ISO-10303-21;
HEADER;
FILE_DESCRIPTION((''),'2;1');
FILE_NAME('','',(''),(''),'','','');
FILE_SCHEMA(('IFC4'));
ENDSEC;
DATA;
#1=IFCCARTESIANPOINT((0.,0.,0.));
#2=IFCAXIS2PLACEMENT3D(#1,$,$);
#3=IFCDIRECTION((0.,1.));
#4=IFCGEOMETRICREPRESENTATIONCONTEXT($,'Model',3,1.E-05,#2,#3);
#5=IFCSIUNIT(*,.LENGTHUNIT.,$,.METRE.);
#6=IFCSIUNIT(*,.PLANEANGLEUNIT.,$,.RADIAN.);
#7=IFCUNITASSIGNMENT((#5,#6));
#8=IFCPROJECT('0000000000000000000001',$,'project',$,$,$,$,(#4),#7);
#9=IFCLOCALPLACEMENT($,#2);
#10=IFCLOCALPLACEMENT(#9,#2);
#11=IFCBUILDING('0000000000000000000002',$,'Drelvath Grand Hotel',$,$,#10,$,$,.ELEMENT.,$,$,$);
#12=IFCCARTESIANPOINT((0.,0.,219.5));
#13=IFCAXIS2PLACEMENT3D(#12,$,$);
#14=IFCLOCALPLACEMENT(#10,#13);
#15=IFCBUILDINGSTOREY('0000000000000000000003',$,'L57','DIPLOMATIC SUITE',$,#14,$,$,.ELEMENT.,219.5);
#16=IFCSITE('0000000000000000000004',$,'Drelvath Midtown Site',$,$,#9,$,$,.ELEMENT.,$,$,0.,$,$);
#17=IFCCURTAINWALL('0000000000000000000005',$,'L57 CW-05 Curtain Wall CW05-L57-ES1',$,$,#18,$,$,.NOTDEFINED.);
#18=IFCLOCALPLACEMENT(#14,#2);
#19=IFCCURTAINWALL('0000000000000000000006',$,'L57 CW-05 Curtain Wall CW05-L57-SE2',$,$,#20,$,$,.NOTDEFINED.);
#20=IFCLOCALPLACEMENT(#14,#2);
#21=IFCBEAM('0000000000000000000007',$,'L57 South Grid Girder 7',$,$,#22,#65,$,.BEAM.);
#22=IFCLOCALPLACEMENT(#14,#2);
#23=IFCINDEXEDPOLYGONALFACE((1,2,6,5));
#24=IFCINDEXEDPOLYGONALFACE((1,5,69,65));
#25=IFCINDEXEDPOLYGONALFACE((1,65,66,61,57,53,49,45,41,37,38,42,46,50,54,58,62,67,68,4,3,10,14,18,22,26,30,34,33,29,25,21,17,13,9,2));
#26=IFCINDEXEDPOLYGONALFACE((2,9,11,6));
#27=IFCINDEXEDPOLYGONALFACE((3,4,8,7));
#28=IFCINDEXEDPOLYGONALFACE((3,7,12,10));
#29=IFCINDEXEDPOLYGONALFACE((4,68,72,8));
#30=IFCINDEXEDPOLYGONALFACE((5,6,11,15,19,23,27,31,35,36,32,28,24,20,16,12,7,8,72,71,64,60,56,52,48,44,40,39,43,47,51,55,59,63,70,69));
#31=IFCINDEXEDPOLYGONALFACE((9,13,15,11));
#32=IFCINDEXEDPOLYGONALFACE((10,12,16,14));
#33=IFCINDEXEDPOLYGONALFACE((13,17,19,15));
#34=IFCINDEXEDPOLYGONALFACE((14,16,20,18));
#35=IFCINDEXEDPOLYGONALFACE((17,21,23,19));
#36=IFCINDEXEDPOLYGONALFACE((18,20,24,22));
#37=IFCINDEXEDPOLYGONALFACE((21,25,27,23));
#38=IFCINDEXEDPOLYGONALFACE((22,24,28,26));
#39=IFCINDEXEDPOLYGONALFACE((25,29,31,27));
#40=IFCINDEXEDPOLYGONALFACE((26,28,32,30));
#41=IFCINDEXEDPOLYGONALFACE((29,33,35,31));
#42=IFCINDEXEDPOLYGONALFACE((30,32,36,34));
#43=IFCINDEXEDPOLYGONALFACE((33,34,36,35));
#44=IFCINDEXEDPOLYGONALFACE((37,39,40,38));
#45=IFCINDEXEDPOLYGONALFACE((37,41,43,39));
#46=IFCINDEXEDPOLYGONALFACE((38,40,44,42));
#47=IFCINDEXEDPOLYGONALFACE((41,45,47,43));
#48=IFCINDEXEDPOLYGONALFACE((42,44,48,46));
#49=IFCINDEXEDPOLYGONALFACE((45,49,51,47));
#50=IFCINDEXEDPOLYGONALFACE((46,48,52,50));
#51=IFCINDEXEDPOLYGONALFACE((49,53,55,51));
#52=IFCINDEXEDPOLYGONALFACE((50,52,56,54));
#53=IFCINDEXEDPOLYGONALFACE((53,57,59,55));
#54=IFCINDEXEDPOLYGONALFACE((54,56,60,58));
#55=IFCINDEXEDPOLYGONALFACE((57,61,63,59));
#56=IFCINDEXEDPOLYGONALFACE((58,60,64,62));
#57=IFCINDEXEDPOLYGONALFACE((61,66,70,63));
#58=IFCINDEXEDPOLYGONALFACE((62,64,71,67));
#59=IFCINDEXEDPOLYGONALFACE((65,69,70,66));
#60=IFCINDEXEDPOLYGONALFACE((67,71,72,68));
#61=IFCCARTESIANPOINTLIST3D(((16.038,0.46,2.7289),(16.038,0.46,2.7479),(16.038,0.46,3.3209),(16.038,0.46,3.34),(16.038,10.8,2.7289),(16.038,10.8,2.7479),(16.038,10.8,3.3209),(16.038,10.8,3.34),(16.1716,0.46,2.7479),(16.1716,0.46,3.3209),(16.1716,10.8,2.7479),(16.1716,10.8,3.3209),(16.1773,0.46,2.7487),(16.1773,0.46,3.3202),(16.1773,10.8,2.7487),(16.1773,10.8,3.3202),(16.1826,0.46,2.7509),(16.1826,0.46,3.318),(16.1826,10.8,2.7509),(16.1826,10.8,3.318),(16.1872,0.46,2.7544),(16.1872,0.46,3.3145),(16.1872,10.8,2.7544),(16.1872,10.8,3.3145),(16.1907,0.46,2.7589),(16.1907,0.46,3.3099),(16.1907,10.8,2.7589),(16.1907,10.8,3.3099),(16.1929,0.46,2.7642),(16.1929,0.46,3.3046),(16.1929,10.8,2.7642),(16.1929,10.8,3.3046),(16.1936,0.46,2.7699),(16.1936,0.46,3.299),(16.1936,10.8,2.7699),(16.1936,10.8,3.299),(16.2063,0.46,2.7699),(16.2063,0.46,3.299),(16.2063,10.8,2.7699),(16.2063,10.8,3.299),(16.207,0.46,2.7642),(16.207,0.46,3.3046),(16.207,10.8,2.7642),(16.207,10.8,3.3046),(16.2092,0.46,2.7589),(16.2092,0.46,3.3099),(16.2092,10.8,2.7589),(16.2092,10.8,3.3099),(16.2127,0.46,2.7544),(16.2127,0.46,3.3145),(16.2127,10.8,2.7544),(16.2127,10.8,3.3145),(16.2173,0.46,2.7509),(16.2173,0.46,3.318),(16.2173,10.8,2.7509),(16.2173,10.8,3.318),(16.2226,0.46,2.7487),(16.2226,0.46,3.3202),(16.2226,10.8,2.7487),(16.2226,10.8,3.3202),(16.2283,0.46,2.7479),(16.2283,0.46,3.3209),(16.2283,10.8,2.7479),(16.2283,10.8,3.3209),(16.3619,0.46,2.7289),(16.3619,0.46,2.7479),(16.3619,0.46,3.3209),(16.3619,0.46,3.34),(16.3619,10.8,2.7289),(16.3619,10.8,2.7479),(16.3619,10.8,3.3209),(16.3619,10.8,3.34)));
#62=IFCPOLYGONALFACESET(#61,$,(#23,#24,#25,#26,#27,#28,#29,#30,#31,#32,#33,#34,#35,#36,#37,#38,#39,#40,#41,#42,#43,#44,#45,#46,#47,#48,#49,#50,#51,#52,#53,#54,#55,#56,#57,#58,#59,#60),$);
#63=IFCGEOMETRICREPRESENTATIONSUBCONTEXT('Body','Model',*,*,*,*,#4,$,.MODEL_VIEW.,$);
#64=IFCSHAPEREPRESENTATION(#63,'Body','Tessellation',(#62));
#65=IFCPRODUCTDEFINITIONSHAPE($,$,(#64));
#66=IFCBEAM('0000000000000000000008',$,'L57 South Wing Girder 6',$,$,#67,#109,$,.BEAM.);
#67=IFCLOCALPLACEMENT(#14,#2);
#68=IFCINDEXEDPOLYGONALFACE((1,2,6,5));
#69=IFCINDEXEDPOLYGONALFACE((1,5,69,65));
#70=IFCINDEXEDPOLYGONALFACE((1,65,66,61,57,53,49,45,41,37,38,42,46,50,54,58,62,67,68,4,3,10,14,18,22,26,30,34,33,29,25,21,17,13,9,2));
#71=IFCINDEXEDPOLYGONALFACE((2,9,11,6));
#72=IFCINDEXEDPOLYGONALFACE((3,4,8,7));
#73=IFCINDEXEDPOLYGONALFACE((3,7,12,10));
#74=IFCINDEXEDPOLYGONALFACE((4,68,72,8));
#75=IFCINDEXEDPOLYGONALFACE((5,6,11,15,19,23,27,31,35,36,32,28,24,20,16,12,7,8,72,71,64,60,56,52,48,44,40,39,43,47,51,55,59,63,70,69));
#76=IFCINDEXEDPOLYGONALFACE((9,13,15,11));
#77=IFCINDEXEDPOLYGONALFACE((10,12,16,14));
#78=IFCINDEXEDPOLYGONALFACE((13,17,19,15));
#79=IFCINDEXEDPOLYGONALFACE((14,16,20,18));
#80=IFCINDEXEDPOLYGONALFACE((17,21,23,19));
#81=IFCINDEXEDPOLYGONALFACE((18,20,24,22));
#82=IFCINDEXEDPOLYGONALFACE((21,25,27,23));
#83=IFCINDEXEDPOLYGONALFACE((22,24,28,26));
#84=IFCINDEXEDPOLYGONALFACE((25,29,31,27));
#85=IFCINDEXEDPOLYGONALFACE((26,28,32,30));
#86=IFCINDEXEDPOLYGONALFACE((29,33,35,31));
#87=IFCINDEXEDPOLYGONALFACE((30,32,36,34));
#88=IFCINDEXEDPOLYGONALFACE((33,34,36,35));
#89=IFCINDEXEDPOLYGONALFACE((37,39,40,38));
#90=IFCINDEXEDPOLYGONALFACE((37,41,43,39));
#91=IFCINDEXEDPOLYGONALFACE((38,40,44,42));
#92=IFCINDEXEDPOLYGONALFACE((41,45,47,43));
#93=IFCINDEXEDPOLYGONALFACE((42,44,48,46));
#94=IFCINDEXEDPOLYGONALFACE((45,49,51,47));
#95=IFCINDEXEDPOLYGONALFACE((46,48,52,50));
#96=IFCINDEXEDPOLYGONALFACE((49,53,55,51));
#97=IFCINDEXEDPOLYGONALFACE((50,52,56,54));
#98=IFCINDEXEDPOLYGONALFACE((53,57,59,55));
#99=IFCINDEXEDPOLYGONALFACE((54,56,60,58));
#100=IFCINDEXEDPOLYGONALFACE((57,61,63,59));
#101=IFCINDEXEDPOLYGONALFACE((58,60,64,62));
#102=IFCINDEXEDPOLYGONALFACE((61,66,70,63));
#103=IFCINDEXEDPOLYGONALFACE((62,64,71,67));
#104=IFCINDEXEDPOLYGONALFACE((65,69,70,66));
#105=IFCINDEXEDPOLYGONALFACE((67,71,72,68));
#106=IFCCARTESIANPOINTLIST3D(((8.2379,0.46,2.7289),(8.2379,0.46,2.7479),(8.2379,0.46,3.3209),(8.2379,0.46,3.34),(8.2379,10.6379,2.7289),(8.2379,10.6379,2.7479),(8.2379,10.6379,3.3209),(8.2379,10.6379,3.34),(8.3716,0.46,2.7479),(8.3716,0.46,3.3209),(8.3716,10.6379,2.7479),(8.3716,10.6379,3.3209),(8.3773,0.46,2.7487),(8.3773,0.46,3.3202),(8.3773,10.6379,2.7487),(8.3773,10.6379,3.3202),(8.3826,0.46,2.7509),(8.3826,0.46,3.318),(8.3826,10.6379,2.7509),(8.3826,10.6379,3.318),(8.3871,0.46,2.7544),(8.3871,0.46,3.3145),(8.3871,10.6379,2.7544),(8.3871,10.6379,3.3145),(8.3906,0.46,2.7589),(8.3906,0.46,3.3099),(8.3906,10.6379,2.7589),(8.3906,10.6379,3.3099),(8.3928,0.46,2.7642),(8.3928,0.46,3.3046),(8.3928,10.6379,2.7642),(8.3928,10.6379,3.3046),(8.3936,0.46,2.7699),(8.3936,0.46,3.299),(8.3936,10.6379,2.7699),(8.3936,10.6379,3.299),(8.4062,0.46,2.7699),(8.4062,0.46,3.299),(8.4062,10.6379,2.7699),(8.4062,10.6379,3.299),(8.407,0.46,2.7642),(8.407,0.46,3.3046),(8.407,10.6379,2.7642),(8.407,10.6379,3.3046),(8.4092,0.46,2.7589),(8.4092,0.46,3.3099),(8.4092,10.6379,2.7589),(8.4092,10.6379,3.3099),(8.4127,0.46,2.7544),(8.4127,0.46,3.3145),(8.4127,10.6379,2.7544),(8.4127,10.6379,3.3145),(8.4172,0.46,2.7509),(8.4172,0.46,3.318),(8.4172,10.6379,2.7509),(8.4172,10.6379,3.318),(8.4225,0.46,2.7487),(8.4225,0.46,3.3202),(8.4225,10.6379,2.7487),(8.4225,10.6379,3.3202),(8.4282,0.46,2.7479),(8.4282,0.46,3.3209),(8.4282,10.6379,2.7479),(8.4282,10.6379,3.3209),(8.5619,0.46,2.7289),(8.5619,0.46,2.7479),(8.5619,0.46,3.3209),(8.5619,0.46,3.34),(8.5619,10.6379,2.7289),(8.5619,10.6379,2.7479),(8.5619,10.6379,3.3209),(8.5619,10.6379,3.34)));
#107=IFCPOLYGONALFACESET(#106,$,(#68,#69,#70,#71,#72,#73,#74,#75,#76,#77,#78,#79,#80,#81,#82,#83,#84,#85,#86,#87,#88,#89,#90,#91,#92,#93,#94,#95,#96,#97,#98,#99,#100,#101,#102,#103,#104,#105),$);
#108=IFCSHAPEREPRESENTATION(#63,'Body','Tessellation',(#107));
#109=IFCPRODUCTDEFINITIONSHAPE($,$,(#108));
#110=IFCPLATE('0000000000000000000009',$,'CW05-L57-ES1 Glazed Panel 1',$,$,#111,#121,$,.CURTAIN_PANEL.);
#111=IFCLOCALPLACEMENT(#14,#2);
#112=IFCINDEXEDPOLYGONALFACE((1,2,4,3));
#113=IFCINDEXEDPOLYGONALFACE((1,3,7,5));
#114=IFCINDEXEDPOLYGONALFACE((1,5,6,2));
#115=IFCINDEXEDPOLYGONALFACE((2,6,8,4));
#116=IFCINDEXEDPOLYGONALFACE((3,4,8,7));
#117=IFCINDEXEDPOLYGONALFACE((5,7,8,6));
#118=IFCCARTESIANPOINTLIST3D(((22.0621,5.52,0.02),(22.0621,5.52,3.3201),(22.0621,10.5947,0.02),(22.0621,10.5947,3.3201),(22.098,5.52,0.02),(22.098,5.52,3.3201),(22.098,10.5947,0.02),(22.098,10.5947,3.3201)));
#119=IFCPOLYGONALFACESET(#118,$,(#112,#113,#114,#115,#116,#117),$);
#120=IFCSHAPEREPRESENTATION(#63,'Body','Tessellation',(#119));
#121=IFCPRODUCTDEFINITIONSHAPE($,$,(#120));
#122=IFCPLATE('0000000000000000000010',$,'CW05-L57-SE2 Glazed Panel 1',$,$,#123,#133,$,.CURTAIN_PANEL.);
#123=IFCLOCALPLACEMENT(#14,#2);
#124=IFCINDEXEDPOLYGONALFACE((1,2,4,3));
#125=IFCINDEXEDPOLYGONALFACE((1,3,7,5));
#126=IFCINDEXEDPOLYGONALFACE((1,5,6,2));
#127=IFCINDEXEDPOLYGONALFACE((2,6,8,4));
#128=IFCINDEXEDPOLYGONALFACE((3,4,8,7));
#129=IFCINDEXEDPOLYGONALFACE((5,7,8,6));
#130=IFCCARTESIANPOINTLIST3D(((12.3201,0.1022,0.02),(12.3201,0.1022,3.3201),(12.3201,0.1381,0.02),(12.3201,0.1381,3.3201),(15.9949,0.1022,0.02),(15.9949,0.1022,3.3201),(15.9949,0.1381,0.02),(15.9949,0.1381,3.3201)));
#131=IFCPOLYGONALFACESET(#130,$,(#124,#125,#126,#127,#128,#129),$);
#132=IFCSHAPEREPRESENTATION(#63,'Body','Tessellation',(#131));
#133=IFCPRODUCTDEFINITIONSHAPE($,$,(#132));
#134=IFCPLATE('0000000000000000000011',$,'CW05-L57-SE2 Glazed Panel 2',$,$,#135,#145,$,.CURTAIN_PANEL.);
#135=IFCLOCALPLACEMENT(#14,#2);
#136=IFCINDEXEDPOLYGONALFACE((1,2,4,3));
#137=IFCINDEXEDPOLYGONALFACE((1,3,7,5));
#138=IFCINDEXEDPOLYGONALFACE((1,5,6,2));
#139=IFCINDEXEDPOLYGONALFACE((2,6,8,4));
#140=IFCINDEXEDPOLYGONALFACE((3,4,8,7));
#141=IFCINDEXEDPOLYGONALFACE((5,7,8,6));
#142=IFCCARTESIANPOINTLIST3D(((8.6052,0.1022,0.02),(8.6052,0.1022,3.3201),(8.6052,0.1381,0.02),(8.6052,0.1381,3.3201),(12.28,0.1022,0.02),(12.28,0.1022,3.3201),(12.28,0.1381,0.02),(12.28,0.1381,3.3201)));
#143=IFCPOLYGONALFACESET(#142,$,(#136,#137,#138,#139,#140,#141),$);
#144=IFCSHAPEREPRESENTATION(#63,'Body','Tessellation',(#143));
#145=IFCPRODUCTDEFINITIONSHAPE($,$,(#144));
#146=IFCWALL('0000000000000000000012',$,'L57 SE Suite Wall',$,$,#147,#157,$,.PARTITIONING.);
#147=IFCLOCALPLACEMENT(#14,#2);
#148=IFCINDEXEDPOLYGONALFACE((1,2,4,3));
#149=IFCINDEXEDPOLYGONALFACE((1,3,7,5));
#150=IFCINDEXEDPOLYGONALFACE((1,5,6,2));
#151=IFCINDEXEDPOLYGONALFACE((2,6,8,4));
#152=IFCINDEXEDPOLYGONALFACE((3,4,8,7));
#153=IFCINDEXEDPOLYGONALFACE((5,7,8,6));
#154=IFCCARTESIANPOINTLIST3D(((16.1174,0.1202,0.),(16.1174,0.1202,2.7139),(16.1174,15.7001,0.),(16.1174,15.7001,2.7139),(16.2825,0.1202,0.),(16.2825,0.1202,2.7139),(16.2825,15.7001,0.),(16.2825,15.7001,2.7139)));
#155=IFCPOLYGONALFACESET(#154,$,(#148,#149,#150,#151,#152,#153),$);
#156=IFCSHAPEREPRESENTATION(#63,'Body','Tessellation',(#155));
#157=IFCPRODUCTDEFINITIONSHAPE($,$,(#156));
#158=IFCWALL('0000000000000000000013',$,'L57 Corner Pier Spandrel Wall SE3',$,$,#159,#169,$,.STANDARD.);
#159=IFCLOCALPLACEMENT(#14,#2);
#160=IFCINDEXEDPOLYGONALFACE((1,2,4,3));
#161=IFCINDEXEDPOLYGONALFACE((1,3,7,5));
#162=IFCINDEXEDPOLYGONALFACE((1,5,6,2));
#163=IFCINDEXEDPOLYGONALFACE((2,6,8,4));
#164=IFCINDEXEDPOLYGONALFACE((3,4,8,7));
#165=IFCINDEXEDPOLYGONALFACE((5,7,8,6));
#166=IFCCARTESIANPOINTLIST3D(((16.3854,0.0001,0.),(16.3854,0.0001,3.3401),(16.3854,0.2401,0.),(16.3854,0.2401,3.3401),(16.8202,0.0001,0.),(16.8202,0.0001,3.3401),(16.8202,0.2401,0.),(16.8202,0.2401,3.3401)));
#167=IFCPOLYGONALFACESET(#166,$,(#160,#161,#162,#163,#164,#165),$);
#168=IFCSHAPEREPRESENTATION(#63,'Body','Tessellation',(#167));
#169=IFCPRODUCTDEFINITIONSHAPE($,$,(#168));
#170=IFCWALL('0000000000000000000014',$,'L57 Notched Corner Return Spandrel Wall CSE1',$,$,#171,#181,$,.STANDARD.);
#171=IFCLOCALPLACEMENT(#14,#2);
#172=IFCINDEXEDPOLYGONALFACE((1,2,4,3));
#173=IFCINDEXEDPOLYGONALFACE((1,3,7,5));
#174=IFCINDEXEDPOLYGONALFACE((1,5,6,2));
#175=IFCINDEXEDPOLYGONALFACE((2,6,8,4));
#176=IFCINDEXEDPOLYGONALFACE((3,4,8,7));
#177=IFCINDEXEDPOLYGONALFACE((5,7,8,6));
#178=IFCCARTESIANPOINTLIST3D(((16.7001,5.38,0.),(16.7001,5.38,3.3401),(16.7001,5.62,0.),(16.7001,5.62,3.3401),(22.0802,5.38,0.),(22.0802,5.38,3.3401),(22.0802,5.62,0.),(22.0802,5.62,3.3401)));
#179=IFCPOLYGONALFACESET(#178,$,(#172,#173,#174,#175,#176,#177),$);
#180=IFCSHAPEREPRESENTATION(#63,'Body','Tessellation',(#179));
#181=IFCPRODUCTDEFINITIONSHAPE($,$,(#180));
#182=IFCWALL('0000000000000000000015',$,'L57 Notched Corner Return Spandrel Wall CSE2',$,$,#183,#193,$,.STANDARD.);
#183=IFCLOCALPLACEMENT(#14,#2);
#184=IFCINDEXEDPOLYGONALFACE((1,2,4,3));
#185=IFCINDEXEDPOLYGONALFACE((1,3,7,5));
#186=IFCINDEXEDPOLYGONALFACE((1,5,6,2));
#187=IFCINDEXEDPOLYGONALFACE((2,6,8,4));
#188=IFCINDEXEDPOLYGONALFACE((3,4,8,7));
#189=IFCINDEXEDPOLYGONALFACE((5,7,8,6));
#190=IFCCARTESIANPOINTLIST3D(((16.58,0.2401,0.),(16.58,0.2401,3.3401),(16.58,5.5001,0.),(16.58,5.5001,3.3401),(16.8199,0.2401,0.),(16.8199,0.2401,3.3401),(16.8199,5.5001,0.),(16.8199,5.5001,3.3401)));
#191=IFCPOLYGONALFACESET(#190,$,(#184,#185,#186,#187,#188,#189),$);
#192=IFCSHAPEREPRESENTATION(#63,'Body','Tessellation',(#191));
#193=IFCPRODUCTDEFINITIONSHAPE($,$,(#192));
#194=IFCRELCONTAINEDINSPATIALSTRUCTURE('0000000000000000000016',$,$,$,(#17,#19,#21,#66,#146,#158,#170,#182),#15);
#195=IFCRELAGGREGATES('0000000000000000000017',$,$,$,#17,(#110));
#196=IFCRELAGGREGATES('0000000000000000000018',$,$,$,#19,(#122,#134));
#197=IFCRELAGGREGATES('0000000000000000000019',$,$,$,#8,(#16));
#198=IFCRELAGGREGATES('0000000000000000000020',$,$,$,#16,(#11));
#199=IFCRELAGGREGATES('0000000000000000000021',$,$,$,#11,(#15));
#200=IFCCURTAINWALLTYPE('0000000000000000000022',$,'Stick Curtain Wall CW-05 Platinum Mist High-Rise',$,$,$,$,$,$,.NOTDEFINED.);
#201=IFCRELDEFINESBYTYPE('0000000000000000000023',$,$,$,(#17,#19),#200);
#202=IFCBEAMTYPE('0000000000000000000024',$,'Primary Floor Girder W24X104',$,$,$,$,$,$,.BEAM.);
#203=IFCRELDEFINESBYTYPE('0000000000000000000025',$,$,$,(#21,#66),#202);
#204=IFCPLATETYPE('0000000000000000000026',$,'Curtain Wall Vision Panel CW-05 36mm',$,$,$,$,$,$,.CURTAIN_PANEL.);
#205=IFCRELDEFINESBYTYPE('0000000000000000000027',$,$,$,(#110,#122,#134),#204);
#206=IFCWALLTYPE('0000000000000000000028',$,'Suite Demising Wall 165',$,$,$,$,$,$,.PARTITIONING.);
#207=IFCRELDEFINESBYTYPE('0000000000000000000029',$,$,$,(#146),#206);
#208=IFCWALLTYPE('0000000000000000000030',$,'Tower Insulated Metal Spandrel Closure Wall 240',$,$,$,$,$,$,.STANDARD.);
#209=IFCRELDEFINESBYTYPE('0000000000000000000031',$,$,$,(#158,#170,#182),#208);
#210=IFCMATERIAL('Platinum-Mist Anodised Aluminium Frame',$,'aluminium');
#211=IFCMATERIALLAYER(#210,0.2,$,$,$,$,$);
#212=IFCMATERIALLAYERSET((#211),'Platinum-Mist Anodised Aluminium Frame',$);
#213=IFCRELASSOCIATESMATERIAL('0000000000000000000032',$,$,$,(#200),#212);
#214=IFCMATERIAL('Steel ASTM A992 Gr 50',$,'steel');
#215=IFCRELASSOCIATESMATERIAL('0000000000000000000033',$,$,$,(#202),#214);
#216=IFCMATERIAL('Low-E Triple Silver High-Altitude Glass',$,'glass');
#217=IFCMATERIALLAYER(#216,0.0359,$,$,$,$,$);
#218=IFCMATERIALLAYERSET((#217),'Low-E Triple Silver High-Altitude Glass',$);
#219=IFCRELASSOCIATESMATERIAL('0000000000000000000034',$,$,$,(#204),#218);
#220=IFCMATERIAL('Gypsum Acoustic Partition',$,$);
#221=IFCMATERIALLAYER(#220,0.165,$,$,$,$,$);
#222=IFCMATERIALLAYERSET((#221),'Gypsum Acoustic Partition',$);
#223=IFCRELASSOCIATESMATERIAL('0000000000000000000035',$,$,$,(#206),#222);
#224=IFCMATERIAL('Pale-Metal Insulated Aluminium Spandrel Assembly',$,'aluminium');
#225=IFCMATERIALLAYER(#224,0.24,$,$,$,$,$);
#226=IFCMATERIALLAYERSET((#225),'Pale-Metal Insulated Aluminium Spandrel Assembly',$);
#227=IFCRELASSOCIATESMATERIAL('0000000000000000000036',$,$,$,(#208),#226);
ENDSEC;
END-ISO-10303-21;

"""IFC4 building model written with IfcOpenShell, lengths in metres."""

from ifc_helpers import new_model, si_unit, direction, frame, frame_2d, origin, origin_2d, place, context, subcontext, project, spatial, rectangle, i_section, extrude, material, layer, layer_set, material_profile, profile_set, type_object, element, aggregate, save


model = new_model("IFC4")

# Units and contexts
model_context = context("Model", 3, precision=1e-05, world=origin(), true_north=direction((0.0, 1.0)))
body_context = subcontext(model_context, "Body", "Model", "MODEL_VIEW")
ifc_project = project(units=[si_unit("LENGTHUNIT", "METRE"), si_unit("PLANEANGLEUNIT", "RADIAN")], contexts=[model_context])

# Site, building, storey
site_placement = place(None, origin())
site = spatial("IfcSite", under=ifc_project, at=site_placement, Name="Drelvath Midtown Site", CompositionType="ELEMENT", RefElevation=0.0)
building_placement = place(site_placement, origin())
building = spatial("IfcBuilding", under=site, at=building_placement, Name="Drelvath Grand Hotel", CompositionType="ELEMENT")
storey_placement = place(building_placement, frame((0.0, 0.0, 219.5)))
storey = spatial("IfcBuildingStorey", under=building, at=storey_placement, Name="L57", Description="DIPLOMATIC SUITE", CompositionType="ELEMENT", Elevation=219.5)

# Shared definitions
ifc_material_1 = material(Name="Steel ASTM A992 Gr 50", Category="steel")

# Curtain walls
ifc_material_2 = material(Name="Platinum-Mist Anodised Aluminium Frame", Category="aluminium")
ifc_layer_1 = layer(ifc_material_2, 0.2)
ifc_layer_set_1 = layer_set([ifc_layer_1], Name="Platinum-Mist Anodised Aluminium Frame")
curtain_wall_type = type_object("IfcCurtainWallType", Name="Stick Curtain Wall CW-05 Platinum Mist High-Rise", PredefinedType="NOTDEFINED", material=ifc_layer_set_1)
curtain_wall_1_placement = place(storey_placement, origin())
curtain_wall_1 = element("IfcCurtainWall", 1, at=curtain_wall_1_placement, inside=storey, type_object=curtain_wall_type, Name="L57 CW-05 Curtain Wall CW05-L57-ES1", PredefinedType="NOTDEFINED")
curtain_wall_2_placement = place(storey_placement, origin())
curtain_wall_2 = element("IfcCurtainWall", 2, at=curtain_wall_2_placement, inside=storey, type_object=curtain_wall_type, Name="L57 CW-05 Curtain Wall CW05-L57-SE2", PredefinedType="NOTDEFINED")

# Beams
ifc_material_profile_1 = material_profile(ifc_material_1, i_section(OverallWidth=0.324, OverallDepth=0.6111, WebThickness=0.0127, FlangeThickness=0.019, FilletRadius=0.022, at=origin_2d()), Name="W24X104")
ifc_profile_set_1 = profile_set([ifc_material_profile_1], Name="Steel ASTM A992 Gr 50")
beam_type_1 = type_object("IfcBeamType", Name="Primary Floor Girder W24X104", PredefinedType="BEAM", material=ifc_profile_set_1)
beam_1_placement = place(storey_placement, frame((16.2, 0.46, 3.0344), z_axis=(0.0, 1.0, 0.0), x_axis=(-1.0, 0.0, 0.0)))
element("IfcBeam", 3, at=beam_1_placement, inside=storey, type_object=beam_type_1, Name="L57 South Grid Girder 7", PredefinedType="BEAM", context=body_context, shape_type="SweptSolid", body=[
    extrude(i_section(OverallWidth=0.324, OverallDepth=0.6111, WebThickness=0.0127, FlangeThickness=0.019, FilletRadius=0.022, at=origin_2d()), origin(), (0.0, 0.0, 1.0), 10.3401),
])
beam_2_placement = place(storey_placement, frame((8.3999, 0.46, 3.0344), z_axis=(0.0, 1.0, 0.0), x_axis=(-1.0, 0.0, 0.0)))
element("IfcBeam", 4, at=beam_2_placement, inside=storey, type_object=beam_type_1, Name="L57 South Wing Girder 6", PredefinedType="BEAM", context=body_context, shape_type="SweptSolid", body=[
    extrude(i_section(OverallWidth=0.324, OverallDepth=0.6111, WebThickness=0.0127, FlangeThickness=0.019, FilletRadius=0.022, at=origin_2d()), origin(), (0.0, 0.0, 1.0), 10.178),
])

# Plates
ifc_material_3 = material(Name="Low-E Triple Silver High-Altitude Glass", Category="glass")
ifc_layer_2 = layer(ifc_material_3, 0.0359)
ifc_layer_set_2 = layer_set([ifc_layer_2], Name="Low-E Triple Silver High-Altitude Glass")
plate_type = type_object("IfcPlateType", Name="Curtain Wall Vision Panel CW-05 36mm", PredefinedType="CURTAIN_PANEL", material=ifc_layer_set_2)
plate_1_placement = place(storey_placement, frame((22.0801, 8.0574, 0.02), z_axis=(0.0, 0.0, 1.0), x_axis=(0.0, -1.0, 0.0)))
plate_1 = element("IfcPlate", 5, at=plate_1_placement, type_object=plate_type, Name="CW05-L57-ES1 Glazed Panel 1", PredefinedType="CURTAIN_PANEL", context=body_context, shape_type="SweptSolid", body=[
    extrude(rectangle(XDim=5.0747, YDim=0.0359, at=origin_2d()), origin(), (0.0, 0.0, 1.0), 3.3),
])
aggregate(curtain_wall_1, [plate_1])
plate_2_placement = place(storey_placement, frame((14.1575, 0.1201, 0.02), z_axis=(0.0, 0.0, 1.0), x_axis=(-1.0, 0.0, 0.0)))
plate_2 = element("IfcPlate", 6, at=plate_2_placement, type_object=plate_type, Name="CW05-L57-SE2 Glazed Panel 1", PredefinedType="CURTAIN_PANEL", context=body_context, shape_type="SweptSolid", body=[
    extrude(rectangle(XDim=3.6748, YDim=0.0359, at=origin_2d()), origin(), (0.0, 0.0, 1.0), 3.3),
])
plate_3_placement = place(storey_placement, frame((10.4426, 0.1201, 0.02), z_axis=(0.0, 0.0, 1.0), x_axis=(-1.0, 0.0, 0.0)))
plate_3 = element("IfcPlate", 7, at=plate_3_placement, type_object=plate_type, Name="CW05-L57-SE2 Glazed Panel 2", PredefinedType="CURTAIN_PANEL", context=body_context, shape_type="SweptSolid", body=[
    extrude(rectangle(XDim=3.6748, YDim=0.0359, at=origin_2d()), origin(), (0.0, 0.0, 1.0), 3.3),
])
aggregate(curtain_wall_2, [plate_2, plate_3])

# Walls
ifc_material_4 = material(Name="Gypsum Acoustic Partition")
ifc_layer_3 = layer(ifc_material_4, 0.165)
ifc_layer_set_3 = layer_set([ifc_layer_3], Name="Gypsum Acoustic Partition")
wall_type_1 = type_object("IfcWallType", Name="Suite Demising Wall 165", PredefinedType="PARTITIONING", material=ifc_layer_set_3)
wall_1_placement = place(storey_placement, frame((16.2, 0.1201, 0.0), z_axis=(0.0, 0.0, 1.0), x_axis=(0.0, 1.0, 0.0)))
element("IfcWall", 8, at=wall_1_placement, inside=storey, type_object=wall_type_1, Name="L57 SE Suite Wall", PredefinedType="PARTITIONING", context=body_context, shape_type="SweptSolid", body=[
    extrude(rectangle(XDim=15.5798, YDim=0.165, at=frame_2d((7.79, 0.0))), origin(), (0.0, 0.0, 1.0), 2.7139),
])
ifc_material_5 = material(Name="Pale-Metal Insulated Aluminium Spandrel Assembly", Category="aluminium")
ifc_layer_4 = layer(ifc_material_5, 0.24)
ifc_layer_set_4 = layer_set([ifc_layer_4], Name="Pale-Metal Insulated Aluminium Spandrel Assembly")
wall_type_2 = type_object("IfcWallType", Name="Tower Insulated Metal Spandrel Closure Wall 240", PredefinedType="STANDARD", material=ifc_layer_set_4)
wall_2_placement = place(storey_placement, frame((16.8201, 0.1201, 0.0), z_axis=(0.0, 0.0, 1.0), x_axis=(-1.0, 0.0, 0.0)))
element("IfcWall", 9, at=wall_2_placement, inside=storey, type_object=wall_type_2, Name="L57 Corner Pier Spandrel Wall SE3", PredefinedType="STANDARD", context=body_context, shape_type="SweptSolid", body=[
    extrude(rectangle(XDim=0.4348, YDim=0.24, at=frame_2d((0.2173, 0.0))), origin(), (0.0, 0.0, 1.0), 3.3401),
])
wall_3_placement = place(storey_placement, frame((22.0801, 5.5, 0.0), z_axis=(0.0, 0.0, 1.0), x_axis=(-1.0, 0.0, 0.0)))
element("IfcWall", 10, at=wall_3_placement, inside=storey, type_object=wall_type_2, Name="L57 Notched Corner Return Spandrel Wall CSE1", PredefinedType="STANDARD", context=body_context, shape_type="SweptSolid", body=[
    extrude(rectangle(XDim=5.3801, YDim=0.24, at=frame_2d((2.6899, 0.0))), origin(), (0.0, 0.0, 1.0), 3.3401),
])
wall_4_placement = place(storey_placement, frame((16.7, 5.5, 0.0), z_axis=(0.0, 0.0, 1.0), x_axis=(0.0, -1.0, 0.0)))
element("IfcWall", 11, at=wall_4_placement, inside=storey, type_object=wall_type_2, Name="L57 Notched Corner Return Spandrel Wall CSE2", PredefinedType="STANDARD", context=body_context, shape_type="SweptSolid", body=[
    extrude(rectangle(XDim=5.26, YDim=0.24, at=frame_2d((2.6299, 0.0))), origin(), (0.0, 0.0, 1.0), 3.3401),
])

save(model, "model.ifc")
